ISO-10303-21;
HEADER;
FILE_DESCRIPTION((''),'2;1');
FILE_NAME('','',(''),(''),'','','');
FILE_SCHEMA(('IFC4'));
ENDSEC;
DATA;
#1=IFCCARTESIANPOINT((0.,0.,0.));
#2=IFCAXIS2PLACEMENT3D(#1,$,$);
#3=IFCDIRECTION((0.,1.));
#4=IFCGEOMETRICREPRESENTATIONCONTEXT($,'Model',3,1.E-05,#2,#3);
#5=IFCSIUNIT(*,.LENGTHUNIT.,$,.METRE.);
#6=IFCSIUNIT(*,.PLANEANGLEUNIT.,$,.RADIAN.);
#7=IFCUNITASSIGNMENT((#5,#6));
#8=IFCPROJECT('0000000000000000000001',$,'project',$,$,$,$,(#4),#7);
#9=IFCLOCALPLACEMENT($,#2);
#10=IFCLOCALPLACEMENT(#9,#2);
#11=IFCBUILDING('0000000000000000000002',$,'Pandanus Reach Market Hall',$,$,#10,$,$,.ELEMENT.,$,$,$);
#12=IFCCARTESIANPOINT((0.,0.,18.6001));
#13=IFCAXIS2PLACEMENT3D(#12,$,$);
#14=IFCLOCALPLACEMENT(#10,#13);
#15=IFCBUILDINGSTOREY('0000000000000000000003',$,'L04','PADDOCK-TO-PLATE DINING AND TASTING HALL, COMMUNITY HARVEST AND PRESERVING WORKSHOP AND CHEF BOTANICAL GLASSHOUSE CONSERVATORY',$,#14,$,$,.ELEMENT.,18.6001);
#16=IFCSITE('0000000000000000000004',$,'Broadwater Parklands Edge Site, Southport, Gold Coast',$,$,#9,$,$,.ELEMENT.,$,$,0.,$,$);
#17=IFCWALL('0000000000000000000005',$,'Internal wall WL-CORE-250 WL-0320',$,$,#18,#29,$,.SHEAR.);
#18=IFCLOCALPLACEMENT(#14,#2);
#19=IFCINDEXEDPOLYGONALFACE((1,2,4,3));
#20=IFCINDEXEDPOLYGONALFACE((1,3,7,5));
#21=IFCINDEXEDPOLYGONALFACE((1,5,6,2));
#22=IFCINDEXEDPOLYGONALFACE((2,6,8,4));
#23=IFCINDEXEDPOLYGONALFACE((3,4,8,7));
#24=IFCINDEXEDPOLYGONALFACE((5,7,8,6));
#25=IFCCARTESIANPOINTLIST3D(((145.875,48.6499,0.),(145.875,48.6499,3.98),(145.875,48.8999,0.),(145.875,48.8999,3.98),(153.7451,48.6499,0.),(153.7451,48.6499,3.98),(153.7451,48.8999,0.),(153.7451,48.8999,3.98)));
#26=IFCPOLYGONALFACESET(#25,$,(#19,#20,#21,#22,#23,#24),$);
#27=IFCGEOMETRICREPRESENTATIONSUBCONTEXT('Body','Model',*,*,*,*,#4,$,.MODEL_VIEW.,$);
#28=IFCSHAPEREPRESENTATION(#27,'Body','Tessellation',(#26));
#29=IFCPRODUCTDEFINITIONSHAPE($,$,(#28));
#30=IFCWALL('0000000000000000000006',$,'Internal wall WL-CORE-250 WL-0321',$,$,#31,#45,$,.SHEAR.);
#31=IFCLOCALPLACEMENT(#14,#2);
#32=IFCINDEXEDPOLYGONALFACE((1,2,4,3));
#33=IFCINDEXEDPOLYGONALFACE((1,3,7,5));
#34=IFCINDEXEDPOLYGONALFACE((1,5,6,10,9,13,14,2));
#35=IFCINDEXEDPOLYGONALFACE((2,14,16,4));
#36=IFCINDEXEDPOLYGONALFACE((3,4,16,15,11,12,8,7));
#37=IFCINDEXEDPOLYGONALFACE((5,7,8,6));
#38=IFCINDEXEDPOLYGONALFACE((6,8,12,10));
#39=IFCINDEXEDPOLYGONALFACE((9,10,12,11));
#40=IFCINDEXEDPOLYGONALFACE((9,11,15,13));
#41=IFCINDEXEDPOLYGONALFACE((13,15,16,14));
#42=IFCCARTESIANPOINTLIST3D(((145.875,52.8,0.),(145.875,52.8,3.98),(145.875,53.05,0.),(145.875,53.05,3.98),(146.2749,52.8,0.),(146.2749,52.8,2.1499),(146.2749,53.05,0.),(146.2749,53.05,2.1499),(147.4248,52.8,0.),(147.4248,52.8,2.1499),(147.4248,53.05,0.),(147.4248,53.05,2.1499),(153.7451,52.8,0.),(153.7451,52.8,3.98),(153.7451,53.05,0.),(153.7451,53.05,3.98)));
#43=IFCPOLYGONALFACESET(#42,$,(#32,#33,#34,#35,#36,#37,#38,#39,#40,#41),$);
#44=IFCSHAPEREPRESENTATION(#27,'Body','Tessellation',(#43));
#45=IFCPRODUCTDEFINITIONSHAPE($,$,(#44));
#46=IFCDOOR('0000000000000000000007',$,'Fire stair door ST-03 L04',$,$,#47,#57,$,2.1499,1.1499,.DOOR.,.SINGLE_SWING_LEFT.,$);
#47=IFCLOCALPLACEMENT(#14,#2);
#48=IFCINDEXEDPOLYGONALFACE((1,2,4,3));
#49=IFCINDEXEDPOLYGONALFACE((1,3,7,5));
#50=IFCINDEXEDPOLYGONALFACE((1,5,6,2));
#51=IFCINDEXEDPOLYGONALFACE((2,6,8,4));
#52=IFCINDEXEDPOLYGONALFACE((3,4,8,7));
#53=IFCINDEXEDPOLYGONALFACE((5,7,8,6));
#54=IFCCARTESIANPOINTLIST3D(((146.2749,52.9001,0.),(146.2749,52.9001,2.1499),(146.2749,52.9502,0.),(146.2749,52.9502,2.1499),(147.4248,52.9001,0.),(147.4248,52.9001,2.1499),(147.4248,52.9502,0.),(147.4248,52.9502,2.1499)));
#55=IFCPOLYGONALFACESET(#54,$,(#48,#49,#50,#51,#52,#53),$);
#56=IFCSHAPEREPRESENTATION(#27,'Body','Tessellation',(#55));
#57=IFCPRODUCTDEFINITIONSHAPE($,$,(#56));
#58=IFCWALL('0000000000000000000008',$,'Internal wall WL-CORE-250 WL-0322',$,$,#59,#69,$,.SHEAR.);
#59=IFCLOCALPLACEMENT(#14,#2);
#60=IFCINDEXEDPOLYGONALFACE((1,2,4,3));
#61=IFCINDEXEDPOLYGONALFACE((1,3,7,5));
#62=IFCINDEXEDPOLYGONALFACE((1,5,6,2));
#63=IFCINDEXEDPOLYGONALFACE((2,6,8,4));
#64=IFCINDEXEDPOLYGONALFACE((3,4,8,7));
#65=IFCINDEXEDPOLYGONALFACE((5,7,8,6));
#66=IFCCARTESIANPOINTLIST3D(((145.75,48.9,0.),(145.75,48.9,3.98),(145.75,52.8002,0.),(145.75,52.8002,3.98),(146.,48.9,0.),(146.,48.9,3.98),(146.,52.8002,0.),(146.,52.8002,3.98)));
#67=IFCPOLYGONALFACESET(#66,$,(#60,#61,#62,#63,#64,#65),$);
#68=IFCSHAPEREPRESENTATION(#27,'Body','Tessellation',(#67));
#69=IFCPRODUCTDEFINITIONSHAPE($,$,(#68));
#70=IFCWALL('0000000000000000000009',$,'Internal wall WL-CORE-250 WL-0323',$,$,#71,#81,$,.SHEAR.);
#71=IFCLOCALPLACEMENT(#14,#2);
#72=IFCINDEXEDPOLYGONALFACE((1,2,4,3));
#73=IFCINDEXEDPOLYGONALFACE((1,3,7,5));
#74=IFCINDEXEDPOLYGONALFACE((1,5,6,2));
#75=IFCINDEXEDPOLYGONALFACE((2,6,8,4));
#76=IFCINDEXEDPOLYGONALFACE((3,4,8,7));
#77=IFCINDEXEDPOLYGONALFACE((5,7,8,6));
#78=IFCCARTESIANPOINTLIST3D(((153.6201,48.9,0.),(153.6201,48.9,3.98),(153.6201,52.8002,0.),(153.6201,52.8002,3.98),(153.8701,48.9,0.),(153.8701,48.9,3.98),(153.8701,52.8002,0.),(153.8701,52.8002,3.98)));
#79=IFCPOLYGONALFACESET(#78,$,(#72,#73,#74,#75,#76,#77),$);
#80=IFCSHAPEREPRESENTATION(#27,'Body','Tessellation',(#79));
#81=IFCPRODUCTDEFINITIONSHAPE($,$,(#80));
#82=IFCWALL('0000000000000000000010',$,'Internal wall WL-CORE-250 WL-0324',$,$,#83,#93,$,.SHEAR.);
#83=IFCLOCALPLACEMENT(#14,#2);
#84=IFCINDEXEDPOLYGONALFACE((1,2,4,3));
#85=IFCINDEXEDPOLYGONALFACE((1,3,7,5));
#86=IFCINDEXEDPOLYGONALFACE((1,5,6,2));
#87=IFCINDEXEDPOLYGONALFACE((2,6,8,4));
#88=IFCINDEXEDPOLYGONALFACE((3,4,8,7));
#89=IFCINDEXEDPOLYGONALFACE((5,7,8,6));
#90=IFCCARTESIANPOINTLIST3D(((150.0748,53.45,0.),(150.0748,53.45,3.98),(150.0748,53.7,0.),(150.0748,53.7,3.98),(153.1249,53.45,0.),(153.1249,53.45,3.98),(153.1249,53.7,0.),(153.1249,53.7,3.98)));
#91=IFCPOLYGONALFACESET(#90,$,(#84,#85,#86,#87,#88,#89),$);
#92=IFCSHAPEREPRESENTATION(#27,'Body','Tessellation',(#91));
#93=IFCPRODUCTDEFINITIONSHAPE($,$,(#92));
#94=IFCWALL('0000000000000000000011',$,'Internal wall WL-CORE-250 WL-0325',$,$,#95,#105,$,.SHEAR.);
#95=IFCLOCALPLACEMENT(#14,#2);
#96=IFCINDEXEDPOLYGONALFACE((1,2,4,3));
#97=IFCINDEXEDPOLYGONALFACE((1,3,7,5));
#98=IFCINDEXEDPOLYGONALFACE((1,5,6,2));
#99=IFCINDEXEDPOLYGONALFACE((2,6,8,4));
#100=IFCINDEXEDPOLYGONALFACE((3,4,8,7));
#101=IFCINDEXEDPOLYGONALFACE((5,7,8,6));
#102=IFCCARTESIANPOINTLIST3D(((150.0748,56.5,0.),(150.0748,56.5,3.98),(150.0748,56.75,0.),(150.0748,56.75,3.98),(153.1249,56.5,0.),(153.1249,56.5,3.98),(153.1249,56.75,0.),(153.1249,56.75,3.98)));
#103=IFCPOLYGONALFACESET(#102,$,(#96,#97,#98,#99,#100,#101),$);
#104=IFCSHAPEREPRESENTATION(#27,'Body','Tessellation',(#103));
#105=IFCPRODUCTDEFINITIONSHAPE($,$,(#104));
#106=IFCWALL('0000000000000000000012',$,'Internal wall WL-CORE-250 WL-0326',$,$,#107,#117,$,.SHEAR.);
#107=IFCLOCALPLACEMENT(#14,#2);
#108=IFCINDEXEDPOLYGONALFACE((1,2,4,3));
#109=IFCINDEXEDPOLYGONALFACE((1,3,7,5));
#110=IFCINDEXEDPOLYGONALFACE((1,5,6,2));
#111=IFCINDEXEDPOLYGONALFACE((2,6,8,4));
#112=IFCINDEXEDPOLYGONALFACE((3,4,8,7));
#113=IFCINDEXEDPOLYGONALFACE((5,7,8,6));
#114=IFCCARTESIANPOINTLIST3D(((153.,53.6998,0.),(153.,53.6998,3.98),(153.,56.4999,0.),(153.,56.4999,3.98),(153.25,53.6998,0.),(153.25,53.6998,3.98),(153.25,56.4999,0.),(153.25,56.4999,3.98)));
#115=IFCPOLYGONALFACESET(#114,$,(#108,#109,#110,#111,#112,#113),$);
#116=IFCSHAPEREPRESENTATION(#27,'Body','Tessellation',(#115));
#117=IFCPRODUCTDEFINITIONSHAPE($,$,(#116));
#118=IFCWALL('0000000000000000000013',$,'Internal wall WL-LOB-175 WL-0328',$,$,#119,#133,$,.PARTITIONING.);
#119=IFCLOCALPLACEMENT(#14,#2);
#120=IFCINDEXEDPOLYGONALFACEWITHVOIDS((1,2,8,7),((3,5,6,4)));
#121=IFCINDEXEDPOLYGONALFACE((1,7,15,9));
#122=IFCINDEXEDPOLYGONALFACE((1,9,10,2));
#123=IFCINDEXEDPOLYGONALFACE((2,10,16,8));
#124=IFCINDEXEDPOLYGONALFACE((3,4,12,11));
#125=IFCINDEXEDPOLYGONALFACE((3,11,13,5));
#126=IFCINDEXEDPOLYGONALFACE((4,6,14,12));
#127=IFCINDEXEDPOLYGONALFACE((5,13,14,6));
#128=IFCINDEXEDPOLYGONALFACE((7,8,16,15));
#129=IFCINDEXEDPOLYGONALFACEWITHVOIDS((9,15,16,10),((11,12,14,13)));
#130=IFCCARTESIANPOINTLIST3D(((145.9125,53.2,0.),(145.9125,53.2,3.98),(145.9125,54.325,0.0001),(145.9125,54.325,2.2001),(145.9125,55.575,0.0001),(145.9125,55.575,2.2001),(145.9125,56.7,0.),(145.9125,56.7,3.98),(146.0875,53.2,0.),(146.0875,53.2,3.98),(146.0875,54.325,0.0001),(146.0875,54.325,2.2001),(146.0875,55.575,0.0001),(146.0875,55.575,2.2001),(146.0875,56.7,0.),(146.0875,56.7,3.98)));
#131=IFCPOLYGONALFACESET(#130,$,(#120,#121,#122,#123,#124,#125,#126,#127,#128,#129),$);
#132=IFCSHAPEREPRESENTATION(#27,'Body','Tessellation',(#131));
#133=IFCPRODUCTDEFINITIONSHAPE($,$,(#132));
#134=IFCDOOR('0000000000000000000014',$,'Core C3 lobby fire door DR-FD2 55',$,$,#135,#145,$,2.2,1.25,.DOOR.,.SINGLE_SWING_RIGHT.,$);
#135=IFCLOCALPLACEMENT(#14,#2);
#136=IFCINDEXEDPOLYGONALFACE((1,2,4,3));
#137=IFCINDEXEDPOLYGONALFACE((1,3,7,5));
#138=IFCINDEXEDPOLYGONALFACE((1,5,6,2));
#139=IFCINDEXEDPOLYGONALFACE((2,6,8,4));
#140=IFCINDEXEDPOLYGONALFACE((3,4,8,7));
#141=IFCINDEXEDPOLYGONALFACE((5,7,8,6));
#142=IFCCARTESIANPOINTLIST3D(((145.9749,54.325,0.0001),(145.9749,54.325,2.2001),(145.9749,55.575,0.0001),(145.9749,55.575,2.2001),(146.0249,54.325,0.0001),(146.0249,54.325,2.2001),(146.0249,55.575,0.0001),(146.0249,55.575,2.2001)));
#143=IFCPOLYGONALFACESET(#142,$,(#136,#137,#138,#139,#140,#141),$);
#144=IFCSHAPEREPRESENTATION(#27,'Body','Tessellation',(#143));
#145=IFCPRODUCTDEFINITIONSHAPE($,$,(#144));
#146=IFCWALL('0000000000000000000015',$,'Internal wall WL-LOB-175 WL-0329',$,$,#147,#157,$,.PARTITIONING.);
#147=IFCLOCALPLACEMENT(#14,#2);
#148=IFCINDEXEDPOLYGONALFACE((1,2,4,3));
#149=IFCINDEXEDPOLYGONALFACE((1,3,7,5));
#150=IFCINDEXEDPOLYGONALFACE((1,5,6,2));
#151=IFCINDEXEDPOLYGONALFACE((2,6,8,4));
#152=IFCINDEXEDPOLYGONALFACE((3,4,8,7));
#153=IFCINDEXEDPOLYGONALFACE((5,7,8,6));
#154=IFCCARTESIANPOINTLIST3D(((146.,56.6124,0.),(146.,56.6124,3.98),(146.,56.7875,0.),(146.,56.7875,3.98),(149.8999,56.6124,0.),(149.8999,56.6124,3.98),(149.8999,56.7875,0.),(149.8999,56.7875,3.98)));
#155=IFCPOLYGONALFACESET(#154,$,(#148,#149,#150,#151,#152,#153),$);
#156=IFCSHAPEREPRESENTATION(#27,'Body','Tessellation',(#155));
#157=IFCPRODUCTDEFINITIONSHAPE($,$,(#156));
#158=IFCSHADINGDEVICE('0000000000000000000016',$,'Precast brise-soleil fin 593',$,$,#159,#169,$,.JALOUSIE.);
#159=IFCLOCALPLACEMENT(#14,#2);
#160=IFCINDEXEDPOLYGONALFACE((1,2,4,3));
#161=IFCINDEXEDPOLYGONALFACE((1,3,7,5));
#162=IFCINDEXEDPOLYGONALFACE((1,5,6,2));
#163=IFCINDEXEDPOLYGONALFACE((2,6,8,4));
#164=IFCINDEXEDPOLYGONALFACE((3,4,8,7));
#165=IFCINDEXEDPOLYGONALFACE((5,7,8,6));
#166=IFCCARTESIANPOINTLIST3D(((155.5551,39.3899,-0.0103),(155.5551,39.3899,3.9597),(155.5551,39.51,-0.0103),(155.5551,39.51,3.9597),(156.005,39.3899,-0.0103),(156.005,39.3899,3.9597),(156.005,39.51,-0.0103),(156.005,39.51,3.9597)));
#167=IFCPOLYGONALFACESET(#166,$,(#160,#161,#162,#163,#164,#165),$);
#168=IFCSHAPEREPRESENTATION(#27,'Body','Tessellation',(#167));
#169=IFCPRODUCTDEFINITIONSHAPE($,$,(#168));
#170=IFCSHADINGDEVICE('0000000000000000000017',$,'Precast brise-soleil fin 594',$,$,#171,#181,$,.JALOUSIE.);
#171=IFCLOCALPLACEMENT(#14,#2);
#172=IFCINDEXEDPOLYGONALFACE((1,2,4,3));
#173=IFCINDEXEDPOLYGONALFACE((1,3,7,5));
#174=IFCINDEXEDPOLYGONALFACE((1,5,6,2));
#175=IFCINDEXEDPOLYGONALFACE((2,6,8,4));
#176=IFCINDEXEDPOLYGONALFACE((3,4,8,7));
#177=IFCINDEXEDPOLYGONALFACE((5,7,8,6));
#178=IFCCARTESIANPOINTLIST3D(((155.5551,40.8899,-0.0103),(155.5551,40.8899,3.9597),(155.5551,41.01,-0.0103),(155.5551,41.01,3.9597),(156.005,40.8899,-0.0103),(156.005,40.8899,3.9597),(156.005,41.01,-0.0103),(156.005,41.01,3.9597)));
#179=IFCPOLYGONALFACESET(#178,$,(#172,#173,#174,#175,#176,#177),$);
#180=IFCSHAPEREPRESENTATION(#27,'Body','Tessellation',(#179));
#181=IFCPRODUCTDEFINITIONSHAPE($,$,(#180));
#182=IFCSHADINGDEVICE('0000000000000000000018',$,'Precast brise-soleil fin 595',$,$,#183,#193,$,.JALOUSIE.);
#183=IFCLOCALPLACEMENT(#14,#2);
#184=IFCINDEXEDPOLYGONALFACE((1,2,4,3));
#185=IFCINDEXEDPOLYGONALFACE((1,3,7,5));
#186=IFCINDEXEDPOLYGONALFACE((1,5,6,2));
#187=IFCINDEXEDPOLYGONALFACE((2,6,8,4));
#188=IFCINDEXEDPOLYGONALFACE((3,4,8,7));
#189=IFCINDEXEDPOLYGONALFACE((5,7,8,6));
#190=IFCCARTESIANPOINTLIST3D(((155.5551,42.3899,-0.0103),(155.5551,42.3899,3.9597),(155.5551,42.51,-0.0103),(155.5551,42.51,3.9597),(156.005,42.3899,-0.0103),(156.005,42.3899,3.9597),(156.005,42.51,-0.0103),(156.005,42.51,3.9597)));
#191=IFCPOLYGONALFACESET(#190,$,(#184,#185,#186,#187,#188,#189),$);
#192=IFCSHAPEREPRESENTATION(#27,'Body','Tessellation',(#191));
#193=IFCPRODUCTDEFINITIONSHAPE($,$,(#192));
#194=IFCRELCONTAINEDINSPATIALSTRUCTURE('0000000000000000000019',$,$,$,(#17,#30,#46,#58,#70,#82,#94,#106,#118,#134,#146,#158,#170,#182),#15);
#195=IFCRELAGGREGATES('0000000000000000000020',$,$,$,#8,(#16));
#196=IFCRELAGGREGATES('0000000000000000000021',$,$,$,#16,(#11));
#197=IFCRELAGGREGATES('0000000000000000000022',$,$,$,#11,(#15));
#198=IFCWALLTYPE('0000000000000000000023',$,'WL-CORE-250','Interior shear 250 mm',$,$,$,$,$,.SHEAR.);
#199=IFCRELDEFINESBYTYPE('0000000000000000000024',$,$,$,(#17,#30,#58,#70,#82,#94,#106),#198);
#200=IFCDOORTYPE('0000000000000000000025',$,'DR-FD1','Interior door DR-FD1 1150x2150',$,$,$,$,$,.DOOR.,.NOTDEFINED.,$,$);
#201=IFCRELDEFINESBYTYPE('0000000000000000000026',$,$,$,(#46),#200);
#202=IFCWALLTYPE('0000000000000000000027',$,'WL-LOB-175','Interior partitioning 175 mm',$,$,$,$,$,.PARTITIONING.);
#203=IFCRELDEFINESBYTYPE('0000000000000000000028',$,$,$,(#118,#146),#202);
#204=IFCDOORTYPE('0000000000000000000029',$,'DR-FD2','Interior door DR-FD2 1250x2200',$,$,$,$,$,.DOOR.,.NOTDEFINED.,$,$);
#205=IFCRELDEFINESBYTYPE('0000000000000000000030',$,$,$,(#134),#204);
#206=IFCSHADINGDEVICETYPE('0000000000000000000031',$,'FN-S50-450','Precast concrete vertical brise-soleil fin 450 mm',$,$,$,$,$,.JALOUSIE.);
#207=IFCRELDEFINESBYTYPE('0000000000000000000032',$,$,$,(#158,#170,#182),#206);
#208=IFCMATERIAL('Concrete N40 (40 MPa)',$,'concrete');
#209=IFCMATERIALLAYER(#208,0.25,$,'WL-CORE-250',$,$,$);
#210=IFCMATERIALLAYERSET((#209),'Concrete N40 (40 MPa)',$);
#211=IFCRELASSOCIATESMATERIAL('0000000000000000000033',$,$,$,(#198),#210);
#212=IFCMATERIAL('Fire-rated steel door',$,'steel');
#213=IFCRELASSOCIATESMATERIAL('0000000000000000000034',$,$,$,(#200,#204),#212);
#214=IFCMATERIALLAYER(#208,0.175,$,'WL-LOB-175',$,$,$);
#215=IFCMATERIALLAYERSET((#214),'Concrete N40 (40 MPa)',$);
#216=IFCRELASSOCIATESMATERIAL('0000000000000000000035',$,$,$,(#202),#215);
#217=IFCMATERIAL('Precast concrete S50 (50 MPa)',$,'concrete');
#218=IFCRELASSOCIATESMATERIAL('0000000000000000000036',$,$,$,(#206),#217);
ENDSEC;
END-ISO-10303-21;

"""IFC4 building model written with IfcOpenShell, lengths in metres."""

from ifc_helpers import new_model, si_unit, direction, frame, frame_2d, origin, origin_2d, place, context, subcontext, project, spatial, rectangle, extrude, material, layer, layer_set, type_object, element, fill, save


model = new_model("IFC4")

# Units and contexts
model_context = context("Model", 3, precision=1e-05, world=origin(), true_north=direction((0.0, 1.0)))
body_context = subcontext(model_context, "Body", "Model", "MODEL_VIEW")
ifc_project = project(units=[si_unit("LENGTHUNIT", "METRE"), si_unit("PLANEANGLEUNIT", "RADIAN")], contexts=[model_context])

# Site, building, storey
site_placement = place(None, origin())
site = spatial("IfcSite", under=ifc_project, at=site_placement, Name="Broadwater Parklands Edge Site, Southport, Gold Coast", CompositionType="ELEMENT", RefElevation=0.0)
building_placement = place(site_placement, origin())
building = spatial("IfcBuilding", under=site, at=building_placement, Name="Pandanus Reach Market Hall", CompositionType="ELEMENT")
storey_placement = place(building_placement, frame((0.0, 0.0, 18.6001)))
storey = spatial("IfcBuildingStorey", under=building, at=storey_placement, Name="L04", Description="PADDOCK-TO-PLATE DINING AND TASTING HALL, COMMUNITY HARVEST AND PRESERVING WORKSHOP AND CHEF BOTANICAL GLASSHOUSE CONSERVATORY", CompositionType="ELEMENT", Elevation=18.6001)

# Wall
ifc_material_1 = material(Name="Concrete N40 (40 MPa)", Category="concrete")
ifc_layer_1 = layer(ifc_material_1, 0.25, Name="WL-CORE-250")
ifc_layer_set_1 = layer_set([ifc_layer_1], Name="Concrete N40 (40 MPa)")
wall_type_1 = type_object("IfcWallType", Name="WL-CORE-250", Description="Interior shear 250 mm", PredefinedType="SHEAR", material=ifc_layer_set_1)
wall_1_placement = place(storey_placement, frame((145.875, 48.7749, 0.0), z_axis=(0.0, 0.0, 1.0), x_axis=(1.0, 0.0, 0.0)))
element("IfcWall", 1, at=wall_1_placement, inside=storey, type_object=wall_type_1, Name="Internal wall WL-CORE-250 WL-0320", PredefinedType="SHEAR", context=body_context, shape_type="SweptSolid", body=[
    extrude(rectangle(XDim=7.8701, YDim=0.25, at=frame_2d((3.9351, 0.0))), origin(), (0.0, 0.0, 1.0), 3.98),
])

# Wall, opening, door
wall_2_placement = place(storey_placement, frame((145.875, 52.925, 0.0), z_axis=(0.0, 0.0, 1.0), x_axis=(1.0, 0.0, 0.0)))
wall_2 = element("IfcWall", 2, at=wall_2_placement, inside=storey, type_object=wall_type_1, Name="Internal wall WL-CORE-250 WL-0321", PredefinedType="SHEAR", context=body_context, shape_type="SweptSolid", body=[
    extrude(rectangle(XDim=7.8701, YDim=0.25, at=frame_2d((3.9351, 0.0))), origin(), (0.0, 0.0, 1.0), 3.98),
])
opening_1_placement = place(wall_2_placement, frame((0.3999, 0.0, 0.0)))
opening_1 = element("IfcOpeningElement", 3, at=opening_1_placement, cuts=wall_2, PredefinedType="OPENING", context=body_context, shape_type="SweptSolid", body=[
    extrude(rectangle(XDim=1.1499, YDim=2.1499, at=frame_2d((0.575, 1.075))), frame((0.0, 0.1399, 0.0), z_axis=(0.0, -1.0, 0.0), x_axis=(1.0, 0.0, 0.0)), (0.0, 0.0, 1.0), 0.28),
])
ifc_material_2 = material(Name="Fire-rated steel door", Category="steel")
door_type_1 = type_object("IfcDoorType", Name="DR-FD1", Description="Interior door DR-FD1 1150x2150", OperationType="NOTDEFINED", PredefinedType="DOOR", material=ifc_material_2)
door_1_placement = place(opening_1_placement, frame((1.1499, 0.0, 0.0), z_axis=(0.0, 0.0, 1.0), x_axis=(-1.0, 0.0, 0.0)))
door_1 = element("IfcDoor", 4, at=door_1_placement, inside=storey, type_object=door_type_1, Name="Fire stair door ST-03 L04", OperationType="SINGLE_SWING_LEFT", OverallHeight=2.1499, OverallWidth=1.1499, PredefinedType="DOOR", context=body_context, shape_type="SweptSolid", body=[
    extrude(rectangle(XDim=1.1499, YDim=2.1499, at=frame_2d((0.575, 1.075))), frame((0.0, 0.0249, 0.0), z_axis=(0.0, -1.0, 0.0), x_axis=(1.0, 0.0, 0.0)), (0.0, 0.0, 1.0), 0.05),
])
fill(opening_1, door_1)

# Walls
for number, where, z_axis, x_axis, name in (
    (5, (145.875, 48.8999, 0.0), (0.0, 0.0, 1.0), (0.0, 1.0, 0.0), "Internal wall WL-CORE-250 WL-0322"),
    (6, (153.7451, 48.8999, 0.0), (0.0, 0.0, 1.0), (0.0, 1.0, 0.0), "Internal wall WL-CORE-250 WL-0323"),
):
    element("IfcWall", number, at=place(storey_placement, frame(where, z_axis=z_axis, x_axis=x_axis)), inside=storey, type_object=wall_type_1, Name=name, PredefinedType="SHEAR", context=body_context, shape_type="SweptSolid", body=[
        extrude(rectangle(XDim=3.9001, YDim=0.25, at=frame_2d((1.9502, 0.0))), origin(), (0.0, 0.0, 1.0), 3.98),
    ])
for number, where, z_axis, x_axis, name in (
    (7, (150.075, 53.575, 0.0), (0.0, 0.0, 1.0), (1.0, 0.0, 0.0), "Internal wall WL-CORE-250 WL-0324"),
    (8, (150.075, 56.625, 0.0), (0.0, 0.0, 1.0), (1.0, 0.0, 0.0), "Internal wall WL-CORE-250 WL-0325"),
):
    element("IfcWall", number, at=place(storey_placement, frame(where, z_axis=z_axis, x_axis=x_axis)), inside=storey, type_object=wall_type_1, Name=name, PredefinedType="SHEAR", context=body_context, shape_type="SweptSolid", body=[
        extrude(rectangle(XDim=3.05, YDim=0.25, at=frame_2d((1.5249, 0.0))), origin(), (0.0, 0.0, 1.0), 3.98),
    ])
wall_3_placement = place(storey_placement, frame((153.125, 53.7, 0.0), z_axis=(0.0, 0.0, 1.0), x_axis=(0.0, 1.0, 0.0)))
element("IfcWall", 9, at=wall_3_placement, inside=storey, type_object=wall_type_1, Name="Internal wall WL-CORE-250 WL-0326", PredefinedType="SHEAR", context=body_context, shape_type="SweptSolid", body=[
    extrude(rectangle(XDim=2.8, YDim=0.25, at=frame_2d((1.3999, 0.0))), origin(), (0.0, 0.0, 1.0), 3.98),
])

# Wall, opening, door
ifc_layer_2 = layer(ifc_material_1, 0.175, Name="WL-LOB-175")
ifc_layer_set_2 = layer_set([ifc_layer_2], Name="Concrete N40 (40 MPa)")
wall_type_2 = type_object("IfcWallType", Name="WL-LOB-175", Description="Interior partitioning 175 mm", PredefinedType="PARTITIONING", material=ifc_layer_set_2)
wall_4_placement = place(storey_placement, frame((146.0, 53.2, 0.0), z_axis=(0.0, 0.0, 1.0), x_axis=(0.0, 1.0, 0.0)))
wall_4 = element("IfcWall", 10, at=wall_4_placement, inside=storey, type_object=wall_type_2, Name="Internal wall WL-LOB-175 WL-0328", PredefinedType="PARTITIONING", context=body_context, shape_type="SweptSolid", body=[
    extrude(rectangle(XDim=3.5, YDim=0.175, at=frame_2d((1.75, 0.0))), origin(), (0.0, 0.0, 1.0), 3.98),
])
opening_2_placement = place(wall_4_placement, frame((1.125, 0.0, 0.0)))
opening_2 = element("IfcOpeningElement", 11, at=opening_2_placement, cuts=wall_4, PredefinedType="OPENING", context=body_context, shape_type="SweptSolid", body=[
    extrude(rectangle(XDim=1.25, YDim=2.2, at=frame_2d((0.625, 1.1001))), frame((0.0, 0.1025, 0.0), z_axis=(0.0, -1.0, 0.0), x_axis=(1.0, 0.0, 0.0)), (0.0, 0.0, 1.0), 0.2051),
])
door_type_2 = type_object("IfcDoorType", Name="DR-FD2", Description="Interior door DR-FD2 1250x2200", OperationType="NOTDEFINED", PredefinedType="DOOR", material=ifc_material_2)
door_2_placement = place(opening_2_placement, frame((1.25, 0.0, 0.0), z_axis=(0.0, 0.0, 1.0), x_axis=(-1.0, 0.0, 0.0)))
door_2 = element("IfcDoor", 12, at=door_2_placement, inside=storey, type_object=door_type_2, Name="Core C3 lobby fire door DR-FD2 55", OperationType="SINGLE_SWING_RIGHT", OverallHeight=2.2, OverallWidth=1.25, PredefinedType="DOOR", context=body_context, shape_type="SweptSolid", body=[
    extrude(rectangle(XDim=1.25, YDim=2.2, at=frame_2d((0.625, 1.1001))), frame((0.0, 0.0249, 0.0), z_axis=(0.0, -1.0, 0.0), x_axis=(1.0, 0.0, 0.0)), (0.0, 0.0, 1.0), 0.05),
])
fill(opening_2, door_2)

# Wall
wall_5_placement = place(storey_placement, frame((146.0, 56.7, 0.0), z_axis=(0.0, 0.0, 1.0), x_axis=(1.0, 0.0, 0.0)))
element("IfcWall", 13, at=wall_5_placement, inside=storey, type_object=wall_type_2, Name="Internal wall WL-LOB-175 WL-0329", PredefinedType="PARTITIONING", context=body_context, shape_type="SweptSolid", body=[
    extrude(rectangle(XDim=3.8999, YDim=0.175, at=frame_2d((1.95, 0.0))), origin(), (0.0, 0.0, 1.0), 3.98),
])

# Shading devices
ifc_material_3 = material(Name="Precast concrete S50 (50 MPa)", Category="concrete")
shading_device_type = type_object("IfcShadingDeviceType", Name="FN-S50-450", Description="Precast concrete vertical brise-soleil fin 450 mm", PredefinedType="JALOUSIE", material=ifc_material_3)
for number, where, z_axis, x_axis, name in (
    (14, (155.78, 39.45, -0.0103), (0.0, 0.0, 1.0), (-1.0, 0.0, 0.0), "Precast brise-soleil fin 593"),
    (15, (155.78, 40.95, -0.0103), (0.0, 0.0, 1.0), (-1.0, 0.0, 0.0), "Precast brise-soleil fin 594"),
    (16, (155.78, 42.45, -0.0103), (0.0, 0.0, 1.0), (-1.0, 0.0, 0.0), "Precast brise-soleil fin 595"),
):
    element("IfcShadingDevice", number, at=place(storey_placement, frame(where, z_axis=z_axis, x_axis=x_axis)), inside=storey, type_object=shading_device_type, Name=name, PredefinedType="JALOUSIE", context=body_context, shape_type="SweptSolid", body=[
        extrude(rectangle(XDim=0.45, YDim=0.1201, at=origin_2d()), origin(), (0.0, 0.0, 1.0), 3.97),
    ])

save(model, "model.ifc")
